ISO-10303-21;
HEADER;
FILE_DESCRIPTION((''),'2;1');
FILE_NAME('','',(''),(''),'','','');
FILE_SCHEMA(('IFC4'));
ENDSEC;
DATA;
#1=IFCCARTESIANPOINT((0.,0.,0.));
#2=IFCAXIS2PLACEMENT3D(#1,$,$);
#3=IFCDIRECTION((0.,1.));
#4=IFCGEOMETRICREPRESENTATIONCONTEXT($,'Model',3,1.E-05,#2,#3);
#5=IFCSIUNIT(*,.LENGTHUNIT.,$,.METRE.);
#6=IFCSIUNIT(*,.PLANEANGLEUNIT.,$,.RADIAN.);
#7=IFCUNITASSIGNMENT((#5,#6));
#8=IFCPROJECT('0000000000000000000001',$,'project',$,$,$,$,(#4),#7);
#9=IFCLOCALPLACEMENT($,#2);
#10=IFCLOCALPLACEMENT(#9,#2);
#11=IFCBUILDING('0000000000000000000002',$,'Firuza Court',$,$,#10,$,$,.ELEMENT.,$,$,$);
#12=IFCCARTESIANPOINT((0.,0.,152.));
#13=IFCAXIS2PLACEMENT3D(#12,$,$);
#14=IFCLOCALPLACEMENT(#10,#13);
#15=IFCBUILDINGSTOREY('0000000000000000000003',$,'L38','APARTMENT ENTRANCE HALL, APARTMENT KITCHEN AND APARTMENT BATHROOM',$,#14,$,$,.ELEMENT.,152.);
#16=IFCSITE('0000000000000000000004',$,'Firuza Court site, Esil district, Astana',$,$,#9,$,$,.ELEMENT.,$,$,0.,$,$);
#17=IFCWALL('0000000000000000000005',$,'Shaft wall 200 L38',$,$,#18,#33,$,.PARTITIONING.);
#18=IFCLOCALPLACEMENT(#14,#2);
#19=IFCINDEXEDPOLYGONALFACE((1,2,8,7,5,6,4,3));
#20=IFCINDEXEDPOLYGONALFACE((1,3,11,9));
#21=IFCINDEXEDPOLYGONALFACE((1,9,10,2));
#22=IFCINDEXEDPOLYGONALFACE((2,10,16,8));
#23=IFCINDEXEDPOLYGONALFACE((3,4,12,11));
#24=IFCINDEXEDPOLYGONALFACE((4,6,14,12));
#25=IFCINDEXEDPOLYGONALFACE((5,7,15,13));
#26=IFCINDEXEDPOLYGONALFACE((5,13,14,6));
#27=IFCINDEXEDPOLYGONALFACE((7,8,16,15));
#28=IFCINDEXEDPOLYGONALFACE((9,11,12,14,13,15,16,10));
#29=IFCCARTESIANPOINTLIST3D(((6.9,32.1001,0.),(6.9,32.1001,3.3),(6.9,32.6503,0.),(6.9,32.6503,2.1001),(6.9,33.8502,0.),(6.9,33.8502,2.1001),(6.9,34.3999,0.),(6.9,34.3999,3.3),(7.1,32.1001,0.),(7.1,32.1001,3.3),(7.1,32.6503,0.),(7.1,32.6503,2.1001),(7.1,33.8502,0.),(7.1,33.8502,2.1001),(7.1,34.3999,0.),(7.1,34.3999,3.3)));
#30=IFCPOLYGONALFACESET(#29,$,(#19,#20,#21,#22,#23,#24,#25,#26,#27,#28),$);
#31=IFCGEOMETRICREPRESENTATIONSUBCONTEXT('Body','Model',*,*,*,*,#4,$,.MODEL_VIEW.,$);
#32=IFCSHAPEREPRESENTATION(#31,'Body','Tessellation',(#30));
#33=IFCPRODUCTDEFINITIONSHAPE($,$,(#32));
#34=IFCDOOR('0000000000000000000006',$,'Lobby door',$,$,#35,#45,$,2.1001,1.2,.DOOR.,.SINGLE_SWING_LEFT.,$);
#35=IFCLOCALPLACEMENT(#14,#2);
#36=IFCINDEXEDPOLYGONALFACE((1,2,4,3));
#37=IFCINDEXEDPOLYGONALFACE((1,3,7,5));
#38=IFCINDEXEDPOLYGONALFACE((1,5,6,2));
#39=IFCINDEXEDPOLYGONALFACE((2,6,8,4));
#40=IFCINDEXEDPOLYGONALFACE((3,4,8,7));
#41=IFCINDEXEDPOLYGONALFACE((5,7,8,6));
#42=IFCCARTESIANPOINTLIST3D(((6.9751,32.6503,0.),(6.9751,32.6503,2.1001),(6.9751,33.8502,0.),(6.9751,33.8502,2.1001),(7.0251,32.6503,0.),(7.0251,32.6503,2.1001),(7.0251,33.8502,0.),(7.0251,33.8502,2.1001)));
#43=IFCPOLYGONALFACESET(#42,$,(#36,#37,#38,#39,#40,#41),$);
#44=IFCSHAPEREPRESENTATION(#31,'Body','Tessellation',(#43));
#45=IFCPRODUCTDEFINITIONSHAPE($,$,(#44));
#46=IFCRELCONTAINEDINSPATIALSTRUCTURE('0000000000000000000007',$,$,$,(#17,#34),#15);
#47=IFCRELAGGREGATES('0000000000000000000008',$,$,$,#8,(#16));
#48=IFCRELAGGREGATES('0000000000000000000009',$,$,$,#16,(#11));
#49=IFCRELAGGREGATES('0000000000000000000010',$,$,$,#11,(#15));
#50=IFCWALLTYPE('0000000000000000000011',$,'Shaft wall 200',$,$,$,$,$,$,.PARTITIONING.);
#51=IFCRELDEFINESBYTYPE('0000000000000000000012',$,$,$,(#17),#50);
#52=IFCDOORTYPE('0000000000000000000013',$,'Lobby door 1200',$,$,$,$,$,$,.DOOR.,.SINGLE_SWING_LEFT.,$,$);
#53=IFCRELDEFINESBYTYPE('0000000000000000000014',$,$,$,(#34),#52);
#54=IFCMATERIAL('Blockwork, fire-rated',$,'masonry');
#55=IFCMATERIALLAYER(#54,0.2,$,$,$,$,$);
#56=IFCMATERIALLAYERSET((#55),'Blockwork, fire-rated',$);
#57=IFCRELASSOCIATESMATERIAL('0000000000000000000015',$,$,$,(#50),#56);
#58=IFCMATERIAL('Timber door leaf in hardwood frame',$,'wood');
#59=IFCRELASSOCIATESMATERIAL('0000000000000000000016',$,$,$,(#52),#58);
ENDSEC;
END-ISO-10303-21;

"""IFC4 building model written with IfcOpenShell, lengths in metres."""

from ifc_helpers import new_model, si_unit, direction, frame, frame_2d, origin, place, context, subcontext, project, spatial, rectangle, extrude, material, layer, layer_set, type_object, element, fill, save


model = new_model("IFC4")

# Units and contexts
model_context = context("Model", 3, precision=1e-05, world=origin(), true_north=direction((0.0, 1.0)))
body_context = subcontext(model_context, "Body", "Model", "MODEL_VIEW")
ifc_project = project(units=[si_unit("LENGTHUNIT", "METRE"), si_unit("PLANEANGLEUNIT", "RADIAN")], contexts=[model_context])

# Site, building, storey
site_placement = place(None, origin())
site = spatial("IfcSite", under=ifc_project, at=site_placement, Name="Firuza Court site, Esil district, Astana", CompositionType="ELEMENT", RefElevation=0.0)
building_placement = place(site_placement, origin())
building = spatial("IfcBuilding", under=site, at=building_placement, Name="Firuza Court", CompositionType="ELEMENT")
storey_placement = place(building_placement, frame((0.0, 0.0, 152.0)))
storey = spatial("IfcBuildingStorey", under=building, at=storey_placement, Name="L38", Description="APARTMENT ENTRANCE HALL, APARTMENT KITCHEN AND APARTMENT BATHROOM", CompositionType="ELEMENT", Elevation=152.0)

# Shared definitions
ifc_material_1 = material(Name="Blockwork, fire-rated", Category="masonry")
ifc_layer_1 = layer(ifc_material_1, 0.2)
ifc_layer_set_1 = layer_set([ifc_layer_1], Name="Blockwork, fire-rated")
wall_type_1 = type_object("IfcWallType", Name="Shaft wall 200", PredefinedType="PARTITIONING", material=ifc_layer_set_1)

# Shared definitions
ifc_material_2 = material(Name="Timber door leaf in hardwood frame", Category="wood")
door_type_1 = type_object("IfcDoorType", Name="Lobby door 1200", OperationType="SINGLE_SWING_LEFT", PredefinedType="DOOR", material=ifc_material_2)

# Wall, opening, door
wall_1_placement = place(storey_placement, frame((7.0, 32.1001, 0.0), z_axis=(0.0, 0.0, 1.0), x_axis=(0.0, 1.0, 0.0)))
wall_1 = element("IfcWall", 1, at=wall_1_placement, inside=storey, type_object=wall_type_1, Name="Shaft wall 200 L38", PredefinedType="PARTITIONING", context=body_context, shape_type="SweptSolid", body=[
    extrude(rectangle(XDim=2.2998, YDim=0.2, at=frame_2d((1.1499, 0.0))), origin(), (0.0, 0.0, 1.0), 3.3),
])
opening_1_placement = place(wall_1_placement, frame((0.55, 0.0, 0.0)))
opening_1 = element("IfcOpeningElement", 2, at=opening_1_placement, cuts=wall_1, PredefinedType="OPENING", context=body_context, shape_type="SweptSolid", body=[
    extrude(rectangle(XDim=1.2, YDim=2.1001, at=frame_2d((0.6001, 1.05))), frame((0.0, 0.1118, 0.0), z_axis=(0.0, -1.0, 0.0), x_axis=(1.0, 0.0, 0.0)), (0.0, 0.0, 1.0), 0.2239),
])
door_1_placement = place(opening_1_placement, origin())
door_1 = element("IfcDoor", 3, at=door_1_placement, inside=storey, type_object=door_type_1, Name="Lobby door", OperationType="SINGLE_SWING_LEFT", OverallHeight=2.1001, OverallWidth=1.2, PredefinedType="DOOR", context=body_context, shape_type="SweptSolid", body=[
    extrude(rectangle(XDim=1.2, YDim=2.1001, at=frame_2d((0.6001, 1.05))), frame((0.0, 0.0249, 0.0), z_axis=(0.0, -1.0, 0.0), x_axis=(1.0, 0.0, 0.0)), (0.0, 0.0, 1.0), 0.05),
])
fill(opening_1, door_1)

save(model, "model.ifc")
